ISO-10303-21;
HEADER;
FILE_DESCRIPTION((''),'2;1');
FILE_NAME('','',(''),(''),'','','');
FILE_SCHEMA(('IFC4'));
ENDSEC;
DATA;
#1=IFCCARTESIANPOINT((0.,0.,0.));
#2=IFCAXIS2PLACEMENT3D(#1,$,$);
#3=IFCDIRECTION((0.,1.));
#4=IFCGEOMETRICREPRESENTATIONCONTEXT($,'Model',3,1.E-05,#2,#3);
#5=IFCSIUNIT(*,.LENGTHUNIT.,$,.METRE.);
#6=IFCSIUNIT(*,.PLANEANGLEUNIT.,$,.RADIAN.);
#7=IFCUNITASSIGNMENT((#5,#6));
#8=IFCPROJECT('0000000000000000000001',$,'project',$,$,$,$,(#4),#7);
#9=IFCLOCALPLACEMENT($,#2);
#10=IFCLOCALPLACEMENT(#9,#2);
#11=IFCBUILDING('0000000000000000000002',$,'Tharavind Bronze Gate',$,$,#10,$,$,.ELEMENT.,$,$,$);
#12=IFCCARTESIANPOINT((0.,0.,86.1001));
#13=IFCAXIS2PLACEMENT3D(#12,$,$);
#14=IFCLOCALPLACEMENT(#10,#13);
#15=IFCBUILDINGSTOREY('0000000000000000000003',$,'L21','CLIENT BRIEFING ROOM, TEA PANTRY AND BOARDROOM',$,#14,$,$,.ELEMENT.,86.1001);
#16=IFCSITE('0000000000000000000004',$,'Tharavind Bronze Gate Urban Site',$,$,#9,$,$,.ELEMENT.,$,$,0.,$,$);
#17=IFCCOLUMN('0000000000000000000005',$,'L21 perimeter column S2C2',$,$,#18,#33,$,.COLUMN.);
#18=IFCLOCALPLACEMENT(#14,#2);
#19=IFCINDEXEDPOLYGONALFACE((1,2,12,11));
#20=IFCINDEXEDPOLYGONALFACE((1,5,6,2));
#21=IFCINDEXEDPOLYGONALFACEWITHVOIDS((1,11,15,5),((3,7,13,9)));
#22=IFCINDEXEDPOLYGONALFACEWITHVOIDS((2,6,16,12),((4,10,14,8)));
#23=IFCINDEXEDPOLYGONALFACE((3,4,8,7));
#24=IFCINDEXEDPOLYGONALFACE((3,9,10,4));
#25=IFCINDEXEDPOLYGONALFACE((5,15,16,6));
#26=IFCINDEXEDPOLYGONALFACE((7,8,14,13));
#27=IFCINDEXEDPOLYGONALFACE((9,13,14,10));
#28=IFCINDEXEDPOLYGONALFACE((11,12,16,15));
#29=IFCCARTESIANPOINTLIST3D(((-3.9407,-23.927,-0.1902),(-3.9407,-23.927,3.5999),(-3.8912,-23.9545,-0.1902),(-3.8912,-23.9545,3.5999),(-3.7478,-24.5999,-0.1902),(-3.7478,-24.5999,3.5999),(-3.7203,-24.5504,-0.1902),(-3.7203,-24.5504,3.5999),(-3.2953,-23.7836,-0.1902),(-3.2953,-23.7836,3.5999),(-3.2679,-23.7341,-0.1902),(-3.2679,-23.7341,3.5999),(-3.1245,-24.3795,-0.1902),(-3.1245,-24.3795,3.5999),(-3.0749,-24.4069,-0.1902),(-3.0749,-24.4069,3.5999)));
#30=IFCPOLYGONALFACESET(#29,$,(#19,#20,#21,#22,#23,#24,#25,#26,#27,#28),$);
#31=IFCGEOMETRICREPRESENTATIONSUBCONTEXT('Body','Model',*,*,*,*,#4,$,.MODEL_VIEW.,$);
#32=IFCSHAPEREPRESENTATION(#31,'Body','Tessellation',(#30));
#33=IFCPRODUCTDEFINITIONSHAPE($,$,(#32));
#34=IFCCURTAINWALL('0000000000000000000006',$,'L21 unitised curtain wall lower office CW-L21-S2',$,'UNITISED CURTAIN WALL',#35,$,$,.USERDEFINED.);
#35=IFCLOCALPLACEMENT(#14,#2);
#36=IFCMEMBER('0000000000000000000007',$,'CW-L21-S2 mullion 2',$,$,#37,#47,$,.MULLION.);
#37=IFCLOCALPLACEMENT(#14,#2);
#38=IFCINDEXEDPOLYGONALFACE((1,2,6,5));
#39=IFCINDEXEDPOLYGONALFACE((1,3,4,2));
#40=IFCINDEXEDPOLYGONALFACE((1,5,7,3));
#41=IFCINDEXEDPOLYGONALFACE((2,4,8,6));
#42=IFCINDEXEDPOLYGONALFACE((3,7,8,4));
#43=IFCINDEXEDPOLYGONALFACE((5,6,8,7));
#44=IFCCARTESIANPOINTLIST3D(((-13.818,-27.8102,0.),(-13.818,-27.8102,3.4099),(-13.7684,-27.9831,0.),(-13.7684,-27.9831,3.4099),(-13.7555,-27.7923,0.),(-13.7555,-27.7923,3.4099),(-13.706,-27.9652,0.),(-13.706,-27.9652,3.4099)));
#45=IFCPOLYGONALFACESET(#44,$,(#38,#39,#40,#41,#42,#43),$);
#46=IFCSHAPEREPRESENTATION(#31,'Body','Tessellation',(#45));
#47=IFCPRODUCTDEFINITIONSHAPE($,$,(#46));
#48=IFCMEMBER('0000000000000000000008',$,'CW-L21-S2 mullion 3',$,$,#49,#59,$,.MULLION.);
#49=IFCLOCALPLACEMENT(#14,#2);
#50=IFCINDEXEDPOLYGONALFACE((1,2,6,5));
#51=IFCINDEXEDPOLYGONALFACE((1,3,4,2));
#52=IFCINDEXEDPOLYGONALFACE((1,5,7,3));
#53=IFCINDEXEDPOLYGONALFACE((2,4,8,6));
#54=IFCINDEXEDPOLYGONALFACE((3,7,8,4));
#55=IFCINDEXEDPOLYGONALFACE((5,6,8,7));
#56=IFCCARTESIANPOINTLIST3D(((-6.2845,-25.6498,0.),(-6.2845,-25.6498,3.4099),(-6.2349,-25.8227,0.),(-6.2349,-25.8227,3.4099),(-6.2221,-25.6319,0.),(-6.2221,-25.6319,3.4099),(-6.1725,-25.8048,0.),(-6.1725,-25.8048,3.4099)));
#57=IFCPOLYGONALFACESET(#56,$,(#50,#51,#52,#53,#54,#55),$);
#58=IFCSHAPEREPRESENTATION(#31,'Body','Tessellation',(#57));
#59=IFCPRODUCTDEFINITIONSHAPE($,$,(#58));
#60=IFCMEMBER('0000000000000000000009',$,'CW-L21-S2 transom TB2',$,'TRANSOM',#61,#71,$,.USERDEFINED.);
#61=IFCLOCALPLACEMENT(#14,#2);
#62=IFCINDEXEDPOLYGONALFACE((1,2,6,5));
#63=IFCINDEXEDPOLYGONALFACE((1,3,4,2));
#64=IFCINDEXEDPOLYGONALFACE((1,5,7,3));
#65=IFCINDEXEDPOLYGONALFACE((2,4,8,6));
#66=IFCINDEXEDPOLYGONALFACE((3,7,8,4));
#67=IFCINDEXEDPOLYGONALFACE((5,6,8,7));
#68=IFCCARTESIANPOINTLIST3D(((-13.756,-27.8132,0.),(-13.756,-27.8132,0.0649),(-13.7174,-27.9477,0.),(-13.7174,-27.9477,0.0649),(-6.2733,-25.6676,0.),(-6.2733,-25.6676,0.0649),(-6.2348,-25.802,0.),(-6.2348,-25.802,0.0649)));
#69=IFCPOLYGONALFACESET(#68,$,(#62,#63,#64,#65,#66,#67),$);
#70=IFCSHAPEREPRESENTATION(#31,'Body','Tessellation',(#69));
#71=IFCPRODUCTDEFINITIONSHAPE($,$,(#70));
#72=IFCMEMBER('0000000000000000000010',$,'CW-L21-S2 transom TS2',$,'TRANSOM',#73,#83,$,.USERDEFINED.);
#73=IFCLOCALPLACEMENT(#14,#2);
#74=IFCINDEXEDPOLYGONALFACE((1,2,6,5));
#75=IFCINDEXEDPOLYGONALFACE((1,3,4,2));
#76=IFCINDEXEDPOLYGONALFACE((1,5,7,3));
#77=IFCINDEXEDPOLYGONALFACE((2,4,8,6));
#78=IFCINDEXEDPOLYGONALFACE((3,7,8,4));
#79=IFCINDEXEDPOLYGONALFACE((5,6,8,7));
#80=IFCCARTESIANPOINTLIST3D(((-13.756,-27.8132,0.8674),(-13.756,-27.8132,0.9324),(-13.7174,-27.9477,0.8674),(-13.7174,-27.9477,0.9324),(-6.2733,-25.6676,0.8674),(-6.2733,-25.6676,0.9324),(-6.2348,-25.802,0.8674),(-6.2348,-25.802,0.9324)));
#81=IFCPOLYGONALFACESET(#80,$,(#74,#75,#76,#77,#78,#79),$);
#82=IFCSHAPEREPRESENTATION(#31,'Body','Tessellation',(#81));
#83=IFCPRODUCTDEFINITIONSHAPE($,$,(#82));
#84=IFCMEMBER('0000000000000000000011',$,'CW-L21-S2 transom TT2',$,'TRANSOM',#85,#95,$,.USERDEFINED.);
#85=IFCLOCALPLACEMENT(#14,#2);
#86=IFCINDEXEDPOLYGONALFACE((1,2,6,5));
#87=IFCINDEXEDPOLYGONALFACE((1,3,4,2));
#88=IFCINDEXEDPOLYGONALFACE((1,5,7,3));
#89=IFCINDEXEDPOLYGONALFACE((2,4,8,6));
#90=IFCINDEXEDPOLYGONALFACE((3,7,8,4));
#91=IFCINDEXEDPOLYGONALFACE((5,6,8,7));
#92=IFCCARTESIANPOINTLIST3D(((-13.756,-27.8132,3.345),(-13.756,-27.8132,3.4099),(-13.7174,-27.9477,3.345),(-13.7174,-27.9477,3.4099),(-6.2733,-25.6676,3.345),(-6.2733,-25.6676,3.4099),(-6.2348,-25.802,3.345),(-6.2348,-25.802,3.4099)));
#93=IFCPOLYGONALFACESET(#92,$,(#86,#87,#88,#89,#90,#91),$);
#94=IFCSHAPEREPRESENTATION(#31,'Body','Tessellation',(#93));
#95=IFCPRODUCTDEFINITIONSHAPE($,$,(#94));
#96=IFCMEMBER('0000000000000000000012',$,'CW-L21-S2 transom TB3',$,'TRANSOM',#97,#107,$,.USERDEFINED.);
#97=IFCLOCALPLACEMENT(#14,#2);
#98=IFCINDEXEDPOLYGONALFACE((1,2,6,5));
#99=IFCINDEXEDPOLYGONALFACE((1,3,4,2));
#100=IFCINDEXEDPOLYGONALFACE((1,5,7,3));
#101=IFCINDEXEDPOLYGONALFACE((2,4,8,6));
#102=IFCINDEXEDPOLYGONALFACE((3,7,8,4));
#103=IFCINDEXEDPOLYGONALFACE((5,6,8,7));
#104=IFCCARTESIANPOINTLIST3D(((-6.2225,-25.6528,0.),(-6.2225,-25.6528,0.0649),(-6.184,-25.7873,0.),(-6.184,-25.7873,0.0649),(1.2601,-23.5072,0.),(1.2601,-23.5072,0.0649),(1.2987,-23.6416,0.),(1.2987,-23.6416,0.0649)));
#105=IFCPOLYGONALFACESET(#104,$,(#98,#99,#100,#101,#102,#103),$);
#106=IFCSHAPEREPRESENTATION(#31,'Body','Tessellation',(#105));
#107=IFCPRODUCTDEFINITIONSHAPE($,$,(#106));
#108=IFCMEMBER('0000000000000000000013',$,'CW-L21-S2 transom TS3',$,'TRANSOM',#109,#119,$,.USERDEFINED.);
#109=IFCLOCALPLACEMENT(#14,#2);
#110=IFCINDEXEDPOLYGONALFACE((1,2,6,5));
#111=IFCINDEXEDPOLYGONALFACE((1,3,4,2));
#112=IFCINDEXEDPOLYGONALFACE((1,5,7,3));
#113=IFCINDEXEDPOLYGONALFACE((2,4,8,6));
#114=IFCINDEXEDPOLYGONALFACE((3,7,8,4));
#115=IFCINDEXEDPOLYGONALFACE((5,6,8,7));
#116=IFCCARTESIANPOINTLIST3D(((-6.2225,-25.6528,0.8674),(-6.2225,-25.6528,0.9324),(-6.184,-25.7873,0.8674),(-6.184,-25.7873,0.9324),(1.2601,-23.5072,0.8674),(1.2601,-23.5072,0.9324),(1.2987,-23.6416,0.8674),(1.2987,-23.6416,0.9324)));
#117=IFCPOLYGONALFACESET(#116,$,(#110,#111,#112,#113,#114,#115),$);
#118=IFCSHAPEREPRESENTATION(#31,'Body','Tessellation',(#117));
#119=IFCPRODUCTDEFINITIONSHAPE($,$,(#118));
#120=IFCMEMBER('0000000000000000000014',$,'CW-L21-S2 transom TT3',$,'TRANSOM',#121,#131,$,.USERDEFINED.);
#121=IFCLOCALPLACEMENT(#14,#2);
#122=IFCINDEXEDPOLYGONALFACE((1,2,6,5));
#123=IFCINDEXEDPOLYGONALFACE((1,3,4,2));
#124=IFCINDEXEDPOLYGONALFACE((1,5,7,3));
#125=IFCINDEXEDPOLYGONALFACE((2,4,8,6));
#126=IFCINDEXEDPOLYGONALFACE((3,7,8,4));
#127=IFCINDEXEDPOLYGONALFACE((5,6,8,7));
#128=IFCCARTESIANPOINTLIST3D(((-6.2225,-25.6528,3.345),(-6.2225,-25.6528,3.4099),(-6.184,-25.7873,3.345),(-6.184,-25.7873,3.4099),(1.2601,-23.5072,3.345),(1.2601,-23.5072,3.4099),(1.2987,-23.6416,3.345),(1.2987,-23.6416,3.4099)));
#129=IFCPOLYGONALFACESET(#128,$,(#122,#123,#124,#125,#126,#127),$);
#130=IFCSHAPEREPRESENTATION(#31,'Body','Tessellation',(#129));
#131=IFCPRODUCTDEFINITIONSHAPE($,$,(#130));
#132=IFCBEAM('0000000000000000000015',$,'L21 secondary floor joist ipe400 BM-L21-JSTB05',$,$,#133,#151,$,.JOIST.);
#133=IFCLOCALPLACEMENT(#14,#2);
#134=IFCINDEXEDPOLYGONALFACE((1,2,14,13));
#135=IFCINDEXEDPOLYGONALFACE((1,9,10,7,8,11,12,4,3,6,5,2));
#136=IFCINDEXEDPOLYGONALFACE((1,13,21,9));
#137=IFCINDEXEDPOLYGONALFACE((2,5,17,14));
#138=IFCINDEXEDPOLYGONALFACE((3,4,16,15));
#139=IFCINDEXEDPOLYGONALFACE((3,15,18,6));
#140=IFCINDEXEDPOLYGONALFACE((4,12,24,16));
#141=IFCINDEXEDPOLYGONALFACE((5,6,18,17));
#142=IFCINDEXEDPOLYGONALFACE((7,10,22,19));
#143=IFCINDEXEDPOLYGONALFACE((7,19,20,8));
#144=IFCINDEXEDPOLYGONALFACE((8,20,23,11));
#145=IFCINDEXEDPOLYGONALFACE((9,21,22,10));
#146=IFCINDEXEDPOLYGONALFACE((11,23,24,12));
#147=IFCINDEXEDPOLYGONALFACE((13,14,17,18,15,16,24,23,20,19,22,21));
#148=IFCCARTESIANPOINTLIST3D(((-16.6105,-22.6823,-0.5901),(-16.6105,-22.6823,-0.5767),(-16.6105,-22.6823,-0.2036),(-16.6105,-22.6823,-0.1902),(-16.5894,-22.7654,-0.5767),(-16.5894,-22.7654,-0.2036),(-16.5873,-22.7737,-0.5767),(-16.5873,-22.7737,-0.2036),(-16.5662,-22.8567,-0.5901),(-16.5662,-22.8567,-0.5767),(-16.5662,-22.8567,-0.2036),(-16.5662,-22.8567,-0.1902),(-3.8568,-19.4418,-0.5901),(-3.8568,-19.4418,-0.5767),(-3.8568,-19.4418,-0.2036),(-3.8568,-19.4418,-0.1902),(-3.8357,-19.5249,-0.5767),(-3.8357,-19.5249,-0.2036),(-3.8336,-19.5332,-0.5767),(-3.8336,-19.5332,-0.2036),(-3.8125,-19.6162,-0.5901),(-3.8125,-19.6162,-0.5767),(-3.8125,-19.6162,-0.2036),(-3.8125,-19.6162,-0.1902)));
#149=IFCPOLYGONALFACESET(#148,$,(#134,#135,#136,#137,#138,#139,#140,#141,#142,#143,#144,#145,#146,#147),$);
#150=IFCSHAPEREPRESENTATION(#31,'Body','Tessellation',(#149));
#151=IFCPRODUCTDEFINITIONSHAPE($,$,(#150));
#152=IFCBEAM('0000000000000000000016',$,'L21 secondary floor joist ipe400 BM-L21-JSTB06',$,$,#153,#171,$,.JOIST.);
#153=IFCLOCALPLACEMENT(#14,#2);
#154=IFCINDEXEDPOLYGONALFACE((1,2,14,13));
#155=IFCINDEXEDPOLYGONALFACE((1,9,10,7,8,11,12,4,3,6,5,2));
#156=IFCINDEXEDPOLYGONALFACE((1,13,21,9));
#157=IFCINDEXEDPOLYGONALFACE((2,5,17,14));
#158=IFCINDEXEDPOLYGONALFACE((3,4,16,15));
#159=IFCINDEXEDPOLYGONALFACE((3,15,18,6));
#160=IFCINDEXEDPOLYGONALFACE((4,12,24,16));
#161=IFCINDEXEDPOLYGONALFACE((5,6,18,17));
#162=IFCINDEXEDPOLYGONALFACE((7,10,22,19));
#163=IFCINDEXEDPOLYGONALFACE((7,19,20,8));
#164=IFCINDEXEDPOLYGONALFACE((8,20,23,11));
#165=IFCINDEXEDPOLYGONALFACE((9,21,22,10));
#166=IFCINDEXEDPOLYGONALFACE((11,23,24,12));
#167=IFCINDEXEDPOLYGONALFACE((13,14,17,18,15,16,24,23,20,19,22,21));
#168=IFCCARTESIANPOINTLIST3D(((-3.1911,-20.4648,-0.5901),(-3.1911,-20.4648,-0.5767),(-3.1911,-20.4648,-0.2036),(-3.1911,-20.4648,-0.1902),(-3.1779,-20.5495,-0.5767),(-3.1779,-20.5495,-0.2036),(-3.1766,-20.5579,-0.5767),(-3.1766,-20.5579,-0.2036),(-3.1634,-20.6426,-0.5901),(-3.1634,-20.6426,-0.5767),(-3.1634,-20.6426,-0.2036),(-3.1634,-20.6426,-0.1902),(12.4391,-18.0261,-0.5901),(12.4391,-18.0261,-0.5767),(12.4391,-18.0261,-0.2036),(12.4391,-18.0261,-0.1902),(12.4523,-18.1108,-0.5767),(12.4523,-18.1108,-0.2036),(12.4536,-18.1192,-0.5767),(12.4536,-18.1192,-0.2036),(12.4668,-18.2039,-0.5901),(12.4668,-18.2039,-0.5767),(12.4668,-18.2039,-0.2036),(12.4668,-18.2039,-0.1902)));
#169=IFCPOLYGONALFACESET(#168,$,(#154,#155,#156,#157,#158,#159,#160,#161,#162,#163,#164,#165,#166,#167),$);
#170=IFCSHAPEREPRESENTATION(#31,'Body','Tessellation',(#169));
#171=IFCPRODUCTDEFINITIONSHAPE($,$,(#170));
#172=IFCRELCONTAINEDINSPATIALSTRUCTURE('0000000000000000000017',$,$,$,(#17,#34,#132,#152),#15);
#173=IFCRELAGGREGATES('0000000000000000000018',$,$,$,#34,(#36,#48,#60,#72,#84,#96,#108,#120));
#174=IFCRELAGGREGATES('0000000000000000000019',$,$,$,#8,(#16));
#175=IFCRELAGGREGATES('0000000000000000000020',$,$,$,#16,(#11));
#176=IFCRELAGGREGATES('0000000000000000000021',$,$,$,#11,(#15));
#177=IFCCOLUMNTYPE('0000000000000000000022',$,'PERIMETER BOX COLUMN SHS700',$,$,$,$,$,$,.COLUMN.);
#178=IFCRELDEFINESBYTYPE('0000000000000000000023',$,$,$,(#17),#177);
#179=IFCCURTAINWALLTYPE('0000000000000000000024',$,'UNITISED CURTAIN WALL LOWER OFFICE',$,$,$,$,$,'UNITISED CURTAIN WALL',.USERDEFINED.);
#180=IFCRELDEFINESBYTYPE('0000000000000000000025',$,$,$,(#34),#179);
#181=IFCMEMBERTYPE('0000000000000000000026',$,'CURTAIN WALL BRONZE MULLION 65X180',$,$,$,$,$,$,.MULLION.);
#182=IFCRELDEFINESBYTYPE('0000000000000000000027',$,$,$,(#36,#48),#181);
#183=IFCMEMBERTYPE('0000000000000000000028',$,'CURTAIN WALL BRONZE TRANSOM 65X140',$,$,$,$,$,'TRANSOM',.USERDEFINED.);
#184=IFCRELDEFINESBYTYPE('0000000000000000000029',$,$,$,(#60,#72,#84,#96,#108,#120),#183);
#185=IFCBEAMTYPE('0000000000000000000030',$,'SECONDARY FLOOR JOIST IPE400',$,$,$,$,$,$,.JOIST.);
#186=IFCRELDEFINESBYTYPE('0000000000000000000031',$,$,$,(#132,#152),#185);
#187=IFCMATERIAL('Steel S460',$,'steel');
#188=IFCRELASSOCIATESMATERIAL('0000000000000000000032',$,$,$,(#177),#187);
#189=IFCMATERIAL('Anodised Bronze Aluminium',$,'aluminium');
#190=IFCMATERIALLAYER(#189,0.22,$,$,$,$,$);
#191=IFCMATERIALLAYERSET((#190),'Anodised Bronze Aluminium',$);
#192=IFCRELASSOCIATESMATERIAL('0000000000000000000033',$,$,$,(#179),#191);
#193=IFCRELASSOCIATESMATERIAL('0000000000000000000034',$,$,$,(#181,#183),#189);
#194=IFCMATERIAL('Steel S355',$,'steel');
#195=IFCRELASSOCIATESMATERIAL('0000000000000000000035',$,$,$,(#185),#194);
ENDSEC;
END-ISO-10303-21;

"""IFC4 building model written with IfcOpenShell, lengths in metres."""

from ifc_helpers import new_model, si_unit, direction, frame, origin, origin_2d, place, context, subcontext, project, spatial, rectangle, hollow_rectangle, i_section, extrude, material, layer, layer_set, material_profile, profile_set, type_object, element, aggregate, save


model = new_model("IFC4")

# Units and contexts
model_context = context("Model", 3, precision=1e-05, world=origin(), true_north=direction((0.0, 1.0)))
body_context = subcontext(model_context, "Body", "Model", "MODEL_VIEW")
ifc_project = project(units=[si_unit("LENGTHUNIT", "METRE"), si_unit("PLANEANGLEUNIT", "RADIAN")], contexts=[model_context])

# Site, building, storey
site_placement = place(None, origin())
site = spatial("IfcSite", under=ifc_project, at=site_placement, Name="Tharavind Bronze Gate Urban Site", CompositionType="ELEMENT", RefElevation=0.0)
building_placement = place(site_placement, origin())
building = spatial("IfcBuilding", under=site, at=building_placement, Name="Tharavind Bronze Gate", CompositionType="ELEMENT")
storey_placement = place(building_placement, frame((0.0, 0.0, 86.1001)))
storey = spatial("IfcBuildingStorey", under=building, at=storey_placement, Name="L21", Description="CLIENT BRIEFING ROOM, TEA PANTRY AND BOARDROOM", CompositionType="ELEMENT", Elevation=86.1001)

# Column
ifc_material_1 = material(Name="Steel S460", Category="steel")
ifc_material_profile_1 = material_profile(ifc_material_1, hollow_rectangle(XDim=0.7, YDim=0.7, WallThickness=0.04, at=origin_2d()), Name="SHS700X40")
ifc_profile_set_1 = profile_set([ifc_material_profile_1], Name="Steel S460")
column_type = type_object("IfcColumnType", Name="PERIMETER BOX COLUMN SHS700", PredefinedType="COLUMN", material=ifc_profile_set_1)
column_placement = place(storey_placement, frame((-3.5078, -24.167, -0.1902), z_axis=(0.0, 0.0, 1.0), x_axis=(0.961262, 0.275637, 0.0)))
element("IfcColumn", 1, at=column_placement, inside=storey, type_object=column_type, Name="L21 perimeter column S2C2", PredefinedType="COLUMN", context=body_context, shape_type="SweptSolid", body=[
    extrude(hollow_rectangle(XDim=0.7, YDim=0.7, WallThickness=0.04, at=origin_2d()), origin(), (0.0, 0.0, 1.0), 3.79),
])

# Curtain wall, members
ifc_material_2 = material(Name="Anodised Bronze Aluminium", Category="aluminium")
ifc_layer_1 = layer(ifc_material_2, 0.22)
ifc_layer_set_1 = layer_set([ifc_layer_1], Name="Anodised Bronze Aluminium")
curtain_wall_type = type_object("IfcCurtainWallType", Name="UNITISED CURTAIN WALL LOWER OFFICE", ElementType="UNITISED CURTAIN WALL", PredefinedType="USERDEFINED", material=ifc_layer_set_1)
curtain_wall_placement = place(storey_placement, origin())
curtain_wall = element("IfcCurtainWall", 2, at=curtain_wall_placement, inside=storey, type_object=curtain_wall_type, Name="L21 unitised curtain wall lower office CW-L21-S2", ObjectType="UNITISED CURTAIN WALL", PredefinedType="USERDEFINED")
member_type_1 = type_object("IfcMemberType", Name="CURTAIN WALL BRONZE MULLION 65X180", PredefinedType="MULLION", material=ifc_material_2)
member_1_placement = place(storey_placement, frame((-13.762, -27.8877, 0.0), z_axis=(0.0, 0.0, 1.0), x_axis=(0.961262, 0.275637, 0.0)))
member_1 = element("IfcMember", 3, at=member_1_placement, type_object=member_type_1, Name="CW-L21-S2 mullion 2", PredefinedType="MULLION", context=body_context, shape_type="SweptSolid", body=[
    extrude(rectangle(XDim=0.0649, YDim=0.1799, at=origin_2d()), origin(), (0.0, 0.0, 1.0), 3.4099),
])
member_2_placement = place(storey_placement, frame((-6.2285, -25.7273, 0.0), z_axis=(0.0, 0.0, 1.0), x_axis=(0.961262, 0.275637, 0.0)))
member_2 = element("IfcMember", 4, at=member_2_placement, type_object=member_type_1, Name="CW-L21-S2 mullion 3", PredefinedType="MULLION", context=body_context, shape_type="SweptSolid", body=[
    extrude(rectangle(XDim=0.0649, YDim=0.1799, at=origin_2d()), origin(), (0.0, 0.0, 1.0), 3.4099),
])
member_type_2 = type_object("IfcMemberType", Name="CURTAIN WALL BRONZE TRANSOM 65X140", ElementType="TRANSOM", PredefinedType="USERDEFINED", material=ifc_material_2)
member_3_placement = place(storey_placement, frame((-9.9954, -26.8076, 0.0), z_axis=(0.0, 0.0, 1.0), x_axis=(0.961262, 0.275637, 0.0)))
member_3 = element("IfcMember", 5, at=member_3_placement, type_object=member_type_2, Name="CW-L21-S2 transom TB2", ObjectType="TRANSOM", PredefinedType="USERDEFINED", context=body_context, shape_type="SweptSolid", body=[
    extrude(rectangle(XDim=7.7842, YDim=0.1399, at=origin_2d()), origin(), (0.0, 0.0, 1.0), 0.0649),
])
member_4_placement = place(storey_placement, frame((-9.9954, -26.8076, 0.8674), z_axis=(0.0, 0.0, 1.0), x_axis=(0.961262, 0.275637, 0.0)))
member_4 = element("IfcMember", 6, at=member_4_placement, type_object=member_type_2, Name="CW-L21-S2 transom TS2", ObjectType="TRANSOM", PredefinedType="USERDEFINED", context=body_context, shape_type="SweptSolid", body=[
    extrude(rectangle(XDim=7.7842, YDim=0.1399, at=origin_2d()), origin(), (0.0, 0.0, 1.0), 0.0649),
])
member_5_placement = place(storey_placement, frame((-9.9954, -26.8076, 3.345), z_axis=(0.0, 0.0, 1.0), x_axis=(0.961262, 0.275637, 0.0)))
member_5 = element("IfcMember", 7, at=member_5_placement, type_object=member_type_2, Name="CW-L21-S2 transom TT2", ObjectType="TRANSOM", PredefinedType="USERDEFINED", context=body_context, shape_type="SweptSolid", body=[
    extrude(rectangle(XDim=7.7842, YDim=0.1399, at=origin_2d()), origin(), (0.0, 0.0, 1.0), 0.0649),
])
member_6_placement = place(storey_placement, frame((-2.4619, -24.6472, 0.0), z_axis=(0.0, 0.0, 1.0), x_axis=(0.961262, 0.275637, 0.0)))
member_6 = element("IfcMember", 8, at=member_6_placement, type_object=member_type_2, Name="CW-L21-S2 transom TB3", ObjectType="TRANSOM", PredefinedType="USERDEFINED", context=body_context, shape_type="SweptSolid", body=[
    extrude(rectangle(XDim=7.7842, YDim=0.1399, at=origin_2d()), origin(), (0.0, 0.0, 1.0), 0.0649),
])
member_7_placement = place(storey_placement, frame((-2.4619, -24.6472, 0.8674), z_axis=(0.0, 0.0, 1.0), x_axis=(0.961262, 0.275637, 0.0)))
member_7 = element("IfcMember", 9, at=member_7_placement, type_object=member_type_2, Name="CW-L21-S2 transom TS3", ObjectType="TRANSOM", PredefinedType="USERDEFINED", context=body_context, shape_type="SweptSolid", body=[
    extrude(rectangle(XDim=7.7842, YDim=0.1399, at=origin_2d()), origin(), (0.0, 0.0, 1.0), 0.0649),
])
member_8_placement = place(storey_placement, frame((-2.4619, -24.6472, 3.345), z_axis=(0.0, 0.0, 1.0), x_axis=(0.961262, 0.275637, 0.0)))
member_8 = element("IfcMember", 10, at=member_8_placement, type_object=member_type_2, Name="CW-L21-S2 transom TT3", ObjectType="TRANSOM", PredefinedType="USERDEFINED", context=body_context, shape_type="SweptSolid", body=[
    extrude(rectangle(XDim=7.7842, YDim=0.1399, at=origin_2d()), origin(), (0.0, 0.0, 1.0), 0.0649),
])

# Beams
ifc_material_3 = material(Name="Steel S355", Category="steel")
ifc_material_profile_2 = material_profile(ifc_material_3, i_section(OverallWidth=0.1799, OverallDepth=0.3999, WebThickness=0.0085, FlangeThickness=0.0134, at=origin_2d()), Name="IPE400")
ifc_profile_set_2 = profile_set([ifc_material_profile_2], Name="Steel S355")
beam_type_1 = type_object("IfcBeamType", Name="SECONDARY FLOOR JOIST IPE400", PredefinedType="JOIST", material=ifc_profile_set_2)
beam_1_placement = place(storey_placement, frame((-16.5884, -22.7695, -0.3901), z_axis=(0.969204, 0.246258, 0.0), x_axis=(-0.246258, 0.969204, 0.0)))
element("IfcBeam", 11, at=beam_1_placement, inside=storey, type_object=beam_type_1, Name="L21 secondary floor joist ipe400 BM-L21-JSTB05", PredefinedType="JOIST", context=body_context, shape_type="SweptSolid", body=[
    extrude(i_section(OverallWidth=0.1799, OverallDepth=0.3999, WebThickness=0.0085, FlangeThickness=0.0134, at=origin_2d()), origin(), (0.0, 0.0, 1.0), 13.1589),
])
beam_2_placement = place(storey_placement, frame((-3.1772, -20.5537, -0.3901), z_axis=(0.988046, 0.154162, 0.0), x_axis=(-0.154162, 0.988046, 0.0)))
element("IfcBeam", 12, at=beam_2_placement, inside=storey, type_object=beam_type_1, Name="L21 secondary floor joist ipe400 BM-L21-JSTB06", PredefinedType="JOIST", context=body_context, shape_type="SweptSolid", body=[
    extrude(i_section(OverallWidth=0.1799, OverallDepth=0.3999, WebThickness=0.0085, FlangeThickness=0.0134, at=origin_2d()), origin(), (0.0, 0.0, 1.0), 15.8193),
])

aggregate(curtain_wall, [member_1, member_2, member_3, member_4, member_5, member_6, member_7, member_8])

save(model, "model.ifc")
